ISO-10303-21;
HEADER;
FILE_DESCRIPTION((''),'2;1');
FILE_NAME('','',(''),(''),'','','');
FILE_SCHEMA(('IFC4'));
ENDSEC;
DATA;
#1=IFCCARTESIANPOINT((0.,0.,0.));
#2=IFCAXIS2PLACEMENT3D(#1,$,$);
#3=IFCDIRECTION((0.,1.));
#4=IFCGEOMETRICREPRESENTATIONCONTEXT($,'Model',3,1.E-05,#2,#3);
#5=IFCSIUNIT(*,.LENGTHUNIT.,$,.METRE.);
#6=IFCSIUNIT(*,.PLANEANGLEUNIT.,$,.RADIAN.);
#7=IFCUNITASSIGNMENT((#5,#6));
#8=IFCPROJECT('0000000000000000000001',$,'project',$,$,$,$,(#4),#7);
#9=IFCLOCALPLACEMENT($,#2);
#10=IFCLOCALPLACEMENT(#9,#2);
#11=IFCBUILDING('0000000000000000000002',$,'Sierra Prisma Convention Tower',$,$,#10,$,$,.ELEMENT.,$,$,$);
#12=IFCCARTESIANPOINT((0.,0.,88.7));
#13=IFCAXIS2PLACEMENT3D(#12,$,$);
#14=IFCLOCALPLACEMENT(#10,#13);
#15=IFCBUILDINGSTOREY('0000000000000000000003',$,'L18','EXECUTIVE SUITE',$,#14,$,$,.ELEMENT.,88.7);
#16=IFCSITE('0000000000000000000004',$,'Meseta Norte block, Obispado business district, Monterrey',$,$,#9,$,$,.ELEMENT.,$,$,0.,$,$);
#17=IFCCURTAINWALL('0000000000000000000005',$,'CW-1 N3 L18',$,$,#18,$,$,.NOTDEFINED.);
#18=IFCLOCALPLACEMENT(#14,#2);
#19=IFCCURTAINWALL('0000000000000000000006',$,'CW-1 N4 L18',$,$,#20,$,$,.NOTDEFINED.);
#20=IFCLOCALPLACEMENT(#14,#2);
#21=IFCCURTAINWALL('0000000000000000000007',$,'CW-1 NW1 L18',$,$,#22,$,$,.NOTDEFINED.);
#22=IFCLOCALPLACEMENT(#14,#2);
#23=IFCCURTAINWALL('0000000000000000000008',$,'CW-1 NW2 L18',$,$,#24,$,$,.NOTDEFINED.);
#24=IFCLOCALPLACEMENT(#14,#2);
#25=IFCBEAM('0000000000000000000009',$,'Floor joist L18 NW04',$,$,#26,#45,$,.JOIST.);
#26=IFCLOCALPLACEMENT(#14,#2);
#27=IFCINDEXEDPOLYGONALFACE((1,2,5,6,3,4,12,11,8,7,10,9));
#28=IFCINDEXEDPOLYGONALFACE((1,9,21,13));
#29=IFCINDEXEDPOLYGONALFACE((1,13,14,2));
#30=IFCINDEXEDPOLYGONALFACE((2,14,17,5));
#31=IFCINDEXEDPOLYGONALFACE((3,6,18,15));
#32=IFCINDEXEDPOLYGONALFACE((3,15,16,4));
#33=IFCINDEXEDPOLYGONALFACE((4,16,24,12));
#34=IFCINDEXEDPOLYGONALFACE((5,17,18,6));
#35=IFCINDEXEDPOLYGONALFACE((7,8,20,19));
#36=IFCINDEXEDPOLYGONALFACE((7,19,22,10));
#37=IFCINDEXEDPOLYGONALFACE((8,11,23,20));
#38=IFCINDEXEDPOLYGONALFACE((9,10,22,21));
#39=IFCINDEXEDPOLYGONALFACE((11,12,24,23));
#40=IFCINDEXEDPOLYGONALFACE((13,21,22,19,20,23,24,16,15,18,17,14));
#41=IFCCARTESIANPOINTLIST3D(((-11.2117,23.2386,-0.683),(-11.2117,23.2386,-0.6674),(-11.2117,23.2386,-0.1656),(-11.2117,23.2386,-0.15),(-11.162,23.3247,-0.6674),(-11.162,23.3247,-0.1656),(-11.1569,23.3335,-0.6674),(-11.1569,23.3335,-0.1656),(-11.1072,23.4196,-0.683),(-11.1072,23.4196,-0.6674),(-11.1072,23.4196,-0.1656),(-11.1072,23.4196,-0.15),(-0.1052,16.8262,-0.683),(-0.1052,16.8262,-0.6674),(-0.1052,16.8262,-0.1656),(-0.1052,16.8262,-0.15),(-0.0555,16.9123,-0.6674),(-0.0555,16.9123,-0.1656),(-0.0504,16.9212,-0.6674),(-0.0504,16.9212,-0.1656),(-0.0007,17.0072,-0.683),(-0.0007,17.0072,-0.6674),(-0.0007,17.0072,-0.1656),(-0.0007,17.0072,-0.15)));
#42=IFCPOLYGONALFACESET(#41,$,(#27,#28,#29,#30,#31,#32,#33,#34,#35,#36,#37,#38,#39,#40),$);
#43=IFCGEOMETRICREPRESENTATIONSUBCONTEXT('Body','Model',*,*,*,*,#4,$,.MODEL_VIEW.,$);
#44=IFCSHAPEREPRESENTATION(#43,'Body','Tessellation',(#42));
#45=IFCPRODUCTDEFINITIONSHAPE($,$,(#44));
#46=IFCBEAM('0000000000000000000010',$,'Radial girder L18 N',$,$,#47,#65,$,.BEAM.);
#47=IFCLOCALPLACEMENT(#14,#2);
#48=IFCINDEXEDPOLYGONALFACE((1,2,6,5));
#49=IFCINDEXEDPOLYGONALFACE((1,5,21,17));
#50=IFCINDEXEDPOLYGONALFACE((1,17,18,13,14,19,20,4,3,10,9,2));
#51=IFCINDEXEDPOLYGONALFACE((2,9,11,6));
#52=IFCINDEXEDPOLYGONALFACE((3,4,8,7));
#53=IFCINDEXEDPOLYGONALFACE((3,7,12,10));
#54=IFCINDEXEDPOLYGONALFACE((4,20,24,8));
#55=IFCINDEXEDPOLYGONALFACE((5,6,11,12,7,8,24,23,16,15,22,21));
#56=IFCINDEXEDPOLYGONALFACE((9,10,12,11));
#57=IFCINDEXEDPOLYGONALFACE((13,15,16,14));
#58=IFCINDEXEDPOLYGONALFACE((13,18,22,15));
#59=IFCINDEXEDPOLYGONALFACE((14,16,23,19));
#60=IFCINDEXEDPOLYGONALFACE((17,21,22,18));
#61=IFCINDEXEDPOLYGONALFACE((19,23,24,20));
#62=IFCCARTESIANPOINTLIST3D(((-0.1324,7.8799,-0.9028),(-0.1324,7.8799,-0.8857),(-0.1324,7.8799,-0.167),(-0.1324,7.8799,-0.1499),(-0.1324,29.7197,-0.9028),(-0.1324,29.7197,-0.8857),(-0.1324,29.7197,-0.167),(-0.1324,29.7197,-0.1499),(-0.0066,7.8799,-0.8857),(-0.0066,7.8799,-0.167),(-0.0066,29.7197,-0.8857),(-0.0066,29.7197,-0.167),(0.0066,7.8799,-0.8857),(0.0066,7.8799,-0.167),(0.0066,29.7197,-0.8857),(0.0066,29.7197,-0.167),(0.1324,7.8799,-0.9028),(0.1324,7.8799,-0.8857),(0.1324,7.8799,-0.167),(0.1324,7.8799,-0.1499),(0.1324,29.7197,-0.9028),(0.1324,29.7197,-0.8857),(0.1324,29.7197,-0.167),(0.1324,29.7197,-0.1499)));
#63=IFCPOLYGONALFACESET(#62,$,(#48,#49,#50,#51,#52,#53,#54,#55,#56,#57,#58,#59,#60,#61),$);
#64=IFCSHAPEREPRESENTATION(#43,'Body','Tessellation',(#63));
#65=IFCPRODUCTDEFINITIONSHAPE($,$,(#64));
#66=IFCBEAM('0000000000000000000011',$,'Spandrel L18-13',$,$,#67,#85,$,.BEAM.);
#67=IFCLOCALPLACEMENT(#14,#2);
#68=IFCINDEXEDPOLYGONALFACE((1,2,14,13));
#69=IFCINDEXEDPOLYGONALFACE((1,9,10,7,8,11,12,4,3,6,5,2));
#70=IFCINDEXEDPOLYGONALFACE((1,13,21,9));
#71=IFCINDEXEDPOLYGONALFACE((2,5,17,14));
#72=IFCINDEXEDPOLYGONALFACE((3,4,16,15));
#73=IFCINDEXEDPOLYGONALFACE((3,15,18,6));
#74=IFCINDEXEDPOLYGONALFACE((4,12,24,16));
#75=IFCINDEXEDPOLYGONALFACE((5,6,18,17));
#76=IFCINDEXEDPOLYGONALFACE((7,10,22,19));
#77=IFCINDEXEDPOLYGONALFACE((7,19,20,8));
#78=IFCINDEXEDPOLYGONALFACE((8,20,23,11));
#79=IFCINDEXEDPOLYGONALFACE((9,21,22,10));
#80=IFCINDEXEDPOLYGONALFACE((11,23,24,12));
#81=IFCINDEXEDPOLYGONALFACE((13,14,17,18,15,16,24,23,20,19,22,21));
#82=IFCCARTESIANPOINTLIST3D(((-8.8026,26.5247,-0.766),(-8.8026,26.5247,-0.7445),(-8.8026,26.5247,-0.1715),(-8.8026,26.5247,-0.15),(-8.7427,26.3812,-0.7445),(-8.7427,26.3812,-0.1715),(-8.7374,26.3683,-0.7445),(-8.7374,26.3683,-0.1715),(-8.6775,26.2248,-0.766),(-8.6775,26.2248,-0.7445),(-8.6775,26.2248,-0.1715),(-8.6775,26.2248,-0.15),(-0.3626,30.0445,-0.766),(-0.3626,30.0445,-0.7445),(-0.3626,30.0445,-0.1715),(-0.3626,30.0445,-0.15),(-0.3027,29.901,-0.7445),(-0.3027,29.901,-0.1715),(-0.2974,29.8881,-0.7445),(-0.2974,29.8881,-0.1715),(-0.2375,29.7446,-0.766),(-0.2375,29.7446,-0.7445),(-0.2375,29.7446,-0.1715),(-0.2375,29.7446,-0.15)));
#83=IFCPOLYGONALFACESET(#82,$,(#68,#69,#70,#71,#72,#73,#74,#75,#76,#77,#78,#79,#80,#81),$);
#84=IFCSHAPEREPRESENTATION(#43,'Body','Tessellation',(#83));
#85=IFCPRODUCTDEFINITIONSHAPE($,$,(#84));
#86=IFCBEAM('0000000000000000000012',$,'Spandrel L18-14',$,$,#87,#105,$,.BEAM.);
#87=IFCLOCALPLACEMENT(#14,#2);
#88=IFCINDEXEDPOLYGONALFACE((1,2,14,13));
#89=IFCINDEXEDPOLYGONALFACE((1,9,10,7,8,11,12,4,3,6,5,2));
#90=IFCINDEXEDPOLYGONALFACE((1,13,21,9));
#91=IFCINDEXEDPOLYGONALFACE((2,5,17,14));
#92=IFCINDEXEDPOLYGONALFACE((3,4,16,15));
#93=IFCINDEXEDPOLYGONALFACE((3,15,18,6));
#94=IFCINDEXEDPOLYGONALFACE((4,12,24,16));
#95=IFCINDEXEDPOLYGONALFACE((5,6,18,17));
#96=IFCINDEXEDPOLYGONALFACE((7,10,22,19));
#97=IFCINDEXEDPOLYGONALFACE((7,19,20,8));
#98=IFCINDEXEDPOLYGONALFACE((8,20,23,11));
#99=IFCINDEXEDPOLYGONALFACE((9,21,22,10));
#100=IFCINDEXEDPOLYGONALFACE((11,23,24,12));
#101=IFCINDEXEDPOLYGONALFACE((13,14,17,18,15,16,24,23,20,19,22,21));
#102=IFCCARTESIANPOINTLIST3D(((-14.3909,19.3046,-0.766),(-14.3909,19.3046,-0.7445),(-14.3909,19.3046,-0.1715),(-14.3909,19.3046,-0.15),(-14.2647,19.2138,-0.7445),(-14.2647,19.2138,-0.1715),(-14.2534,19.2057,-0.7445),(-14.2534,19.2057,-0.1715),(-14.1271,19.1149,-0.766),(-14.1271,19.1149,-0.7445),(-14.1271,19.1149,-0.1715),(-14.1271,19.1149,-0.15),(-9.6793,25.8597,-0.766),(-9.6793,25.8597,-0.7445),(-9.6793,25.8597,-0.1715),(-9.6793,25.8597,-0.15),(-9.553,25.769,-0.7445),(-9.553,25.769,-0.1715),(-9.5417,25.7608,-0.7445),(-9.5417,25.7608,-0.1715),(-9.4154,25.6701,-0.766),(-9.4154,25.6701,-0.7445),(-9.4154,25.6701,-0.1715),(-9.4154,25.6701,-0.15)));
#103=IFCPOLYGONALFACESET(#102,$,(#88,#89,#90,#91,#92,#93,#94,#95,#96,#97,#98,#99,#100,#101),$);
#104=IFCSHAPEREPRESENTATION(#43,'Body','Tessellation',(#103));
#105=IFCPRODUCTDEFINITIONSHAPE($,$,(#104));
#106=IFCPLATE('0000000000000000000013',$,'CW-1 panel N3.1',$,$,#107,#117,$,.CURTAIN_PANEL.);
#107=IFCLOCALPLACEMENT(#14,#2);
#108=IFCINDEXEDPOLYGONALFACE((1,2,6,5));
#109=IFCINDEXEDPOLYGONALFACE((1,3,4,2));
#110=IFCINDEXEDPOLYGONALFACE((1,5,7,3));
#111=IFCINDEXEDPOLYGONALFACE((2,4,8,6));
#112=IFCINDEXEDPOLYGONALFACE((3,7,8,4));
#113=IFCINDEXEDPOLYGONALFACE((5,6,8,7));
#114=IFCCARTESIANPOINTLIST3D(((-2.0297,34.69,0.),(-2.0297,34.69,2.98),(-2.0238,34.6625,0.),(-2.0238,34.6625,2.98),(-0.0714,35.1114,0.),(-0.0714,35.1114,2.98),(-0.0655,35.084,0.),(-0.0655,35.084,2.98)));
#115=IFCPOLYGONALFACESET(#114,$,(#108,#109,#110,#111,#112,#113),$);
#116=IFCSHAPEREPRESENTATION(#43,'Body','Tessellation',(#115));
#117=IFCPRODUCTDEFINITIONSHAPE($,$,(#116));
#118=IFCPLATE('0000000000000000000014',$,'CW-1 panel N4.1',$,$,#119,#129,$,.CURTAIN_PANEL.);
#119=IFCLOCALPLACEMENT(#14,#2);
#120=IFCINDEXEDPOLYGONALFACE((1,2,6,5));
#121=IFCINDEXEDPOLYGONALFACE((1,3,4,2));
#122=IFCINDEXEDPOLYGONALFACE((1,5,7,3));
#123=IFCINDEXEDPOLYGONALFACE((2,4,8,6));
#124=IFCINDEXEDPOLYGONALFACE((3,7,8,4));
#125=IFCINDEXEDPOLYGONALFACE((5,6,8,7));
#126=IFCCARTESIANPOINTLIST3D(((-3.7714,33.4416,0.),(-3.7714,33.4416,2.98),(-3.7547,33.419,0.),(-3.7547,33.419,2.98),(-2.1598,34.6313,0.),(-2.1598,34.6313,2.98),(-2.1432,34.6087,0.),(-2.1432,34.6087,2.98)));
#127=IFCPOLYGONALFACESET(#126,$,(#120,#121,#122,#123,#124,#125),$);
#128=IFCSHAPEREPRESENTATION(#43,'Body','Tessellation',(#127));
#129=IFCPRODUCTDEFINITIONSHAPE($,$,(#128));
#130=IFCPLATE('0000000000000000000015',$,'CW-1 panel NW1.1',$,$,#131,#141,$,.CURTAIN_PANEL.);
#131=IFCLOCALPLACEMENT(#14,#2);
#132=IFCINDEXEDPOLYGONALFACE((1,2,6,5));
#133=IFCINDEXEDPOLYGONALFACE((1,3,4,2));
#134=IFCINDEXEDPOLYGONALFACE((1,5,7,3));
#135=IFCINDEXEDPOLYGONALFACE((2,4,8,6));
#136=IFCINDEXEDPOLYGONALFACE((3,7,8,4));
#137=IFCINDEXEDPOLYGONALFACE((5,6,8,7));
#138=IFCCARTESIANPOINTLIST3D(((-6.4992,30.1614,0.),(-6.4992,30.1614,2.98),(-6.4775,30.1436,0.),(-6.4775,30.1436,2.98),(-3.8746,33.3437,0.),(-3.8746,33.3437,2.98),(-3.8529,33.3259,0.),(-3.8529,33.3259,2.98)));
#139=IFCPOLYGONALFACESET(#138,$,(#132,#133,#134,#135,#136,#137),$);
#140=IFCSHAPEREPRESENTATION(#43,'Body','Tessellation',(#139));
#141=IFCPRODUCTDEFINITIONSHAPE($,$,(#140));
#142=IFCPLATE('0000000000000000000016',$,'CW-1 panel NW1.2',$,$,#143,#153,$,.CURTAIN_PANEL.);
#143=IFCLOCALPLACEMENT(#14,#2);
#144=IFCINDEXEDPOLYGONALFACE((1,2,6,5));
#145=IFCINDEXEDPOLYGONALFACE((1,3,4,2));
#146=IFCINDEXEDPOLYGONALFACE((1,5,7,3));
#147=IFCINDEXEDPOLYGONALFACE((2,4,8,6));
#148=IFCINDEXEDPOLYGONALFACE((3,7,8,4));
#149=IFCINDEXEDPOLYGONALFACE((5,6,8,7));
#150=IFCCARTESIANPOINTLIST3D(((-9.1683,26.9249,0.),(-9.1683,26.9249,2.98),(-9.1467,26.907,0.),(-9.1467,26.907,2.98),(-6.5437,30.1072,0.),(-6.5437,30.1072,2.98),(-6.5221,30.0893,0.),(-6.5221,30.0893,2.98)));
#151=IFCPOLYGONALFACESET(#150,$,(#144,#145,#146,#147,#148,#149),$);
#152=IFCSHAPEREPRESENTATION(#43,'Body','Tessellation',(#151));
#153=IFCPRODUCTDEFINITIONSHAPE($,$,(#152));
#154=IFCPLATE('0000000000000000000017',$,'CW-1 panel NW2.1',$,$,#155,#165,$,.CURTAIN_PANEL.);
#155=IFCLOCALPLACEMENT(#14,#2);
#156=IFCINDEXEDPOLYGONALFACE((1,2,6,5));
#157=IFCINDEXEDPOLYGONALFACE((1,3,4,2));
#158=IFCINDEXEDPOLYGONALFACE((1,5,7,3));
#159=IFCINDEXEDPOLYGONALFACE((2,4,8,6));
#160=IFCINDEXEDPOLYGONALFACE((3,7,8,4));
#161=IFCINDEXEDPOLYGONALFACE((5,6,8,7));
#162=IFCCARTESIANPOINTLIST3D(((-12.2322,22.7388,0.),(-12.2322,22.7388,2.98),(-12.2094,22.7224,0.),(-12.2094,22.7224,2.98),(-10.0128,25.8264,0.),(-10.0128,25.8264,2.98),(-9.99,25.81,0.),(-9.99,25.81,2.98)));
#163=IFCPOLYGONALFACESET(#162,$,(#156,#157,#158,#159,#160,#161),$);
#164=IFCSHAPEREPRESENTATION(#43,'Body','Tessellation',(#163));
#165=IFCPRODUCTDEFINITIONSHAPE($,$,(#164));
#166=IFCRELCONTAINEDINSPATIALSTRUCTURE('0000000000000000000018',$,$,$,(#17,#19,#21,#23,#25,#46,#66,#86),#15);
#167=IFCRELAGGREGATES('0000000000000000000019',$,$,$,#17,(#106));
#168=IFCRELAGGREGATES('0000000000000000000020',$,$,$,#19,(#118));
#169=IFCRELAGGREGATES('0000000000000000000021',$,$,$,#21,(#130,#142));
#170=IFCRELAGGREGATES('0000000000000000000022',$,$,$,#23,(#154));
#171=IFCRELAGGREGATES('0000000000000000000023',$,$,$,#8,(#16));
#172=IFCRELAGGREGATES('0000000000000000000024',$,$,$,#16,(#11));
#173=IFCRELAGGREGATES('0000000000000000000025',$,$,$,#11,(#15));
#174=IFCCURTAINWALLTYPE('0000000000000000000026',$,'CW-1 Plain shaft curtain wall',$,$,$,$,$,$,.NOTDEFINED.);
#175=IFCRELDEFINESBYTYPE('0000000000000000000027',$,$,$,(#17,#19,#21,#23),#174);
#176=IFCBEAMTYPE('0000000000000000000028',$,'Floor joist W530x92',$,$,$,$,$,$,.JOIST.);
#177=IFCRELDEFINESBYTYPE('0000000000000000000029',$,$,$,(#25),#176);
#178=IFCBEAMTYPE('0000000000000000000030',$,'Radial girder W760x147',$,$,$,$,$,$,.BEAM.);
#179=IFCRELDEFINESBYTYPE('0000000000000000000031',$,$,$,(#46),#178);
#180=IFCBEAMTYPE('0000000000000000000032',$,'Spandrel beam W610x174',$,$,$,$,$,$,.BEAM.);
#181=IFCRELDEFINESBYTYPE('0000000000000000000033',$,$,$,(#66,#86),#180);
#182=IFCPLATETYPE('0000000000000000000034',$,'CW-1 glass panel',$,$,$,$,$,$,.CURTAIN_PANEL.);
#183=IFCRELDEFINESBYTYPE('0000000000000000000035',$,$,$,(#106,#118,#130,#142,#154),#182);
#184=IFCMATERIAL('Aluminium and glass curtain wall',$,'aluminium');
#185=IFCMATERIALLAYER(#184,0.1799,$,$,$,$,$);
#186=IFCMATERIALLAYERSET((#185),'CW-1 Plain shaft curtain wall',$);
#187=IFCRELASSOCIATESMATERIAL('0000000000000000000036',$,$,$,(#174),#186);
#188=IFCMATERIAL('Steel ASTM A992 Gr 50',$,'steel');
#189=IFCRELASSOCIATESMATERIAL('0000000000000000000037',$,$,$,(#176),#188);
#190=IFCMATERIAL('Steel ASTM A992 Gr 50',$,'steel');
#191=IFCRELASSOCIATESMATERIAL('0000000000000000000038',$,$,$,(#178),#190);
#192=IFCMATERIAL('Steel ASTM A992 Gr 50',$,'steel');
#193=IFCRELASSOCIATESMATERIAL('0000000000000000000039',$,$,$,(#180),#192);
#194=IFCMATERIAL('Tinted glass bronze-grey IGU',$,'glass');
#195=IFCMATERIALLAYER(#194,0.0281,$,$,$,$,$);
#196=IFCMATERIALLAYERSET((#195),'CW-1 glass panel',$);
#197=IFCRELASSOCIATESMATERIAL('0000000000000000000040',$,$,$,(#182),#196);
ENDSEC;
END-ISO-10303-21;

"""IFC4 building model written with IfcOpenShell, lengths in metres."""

from ifc_helpers import new_model, si_unit, direction, frame, origin, origin_2d, place, context, subcontext, project, spatial, rectangle, i_section, extrude, material, layer, layer_set, material_profile, profile_set, type_object, element, aggregate, save


model = new_model("IFC4")

# Units and contexts
model_context = context("Model", 3, precision=1e-05, world=origin(), true_north=direction((0.0, 1.0)))
body_context = subcontext(model_context, "Body", "Model", "MODEL_VIEW")
ifc_project = project(units=[si_unit("LENGTHUNIT", "METRE"), si_unit("PLANEANGLEUNIT", "RADIAN")], contexts=[model_context])

# Site, building, storey
site_placement = place(None, origin())
site = spatial("IfcSite", under=ifc_project, at=site_placement, Name="Meseta Norte block, Obispado business district, Monterrey", CompositionType="ELEMENT", RefElevation=0.0)
building_placement = place(site_placement, origin())
building = spatial("IfcBuilding", under=site, at=building_placement, Name="Sierra Prisma Convention Tower", CompositionType="ELEMENT")
storey_placement = place(building_placement, frame((0.0, 0.0, 88.7)))
storey = spatial("IfcBuildingStorey", under=building, at=storey_placement, Name="L18", Description="EXECUTIVE SUITE", CompositionType="ELEMENT", Elevation=88.7)

# Curtain walls
ifc_material_1 = material(Name="Aluminium and glass curtain wall", Category="aluminium")
ifc_layer_1 = layer(ifc_material_1, 0.1799)
ifc_layer_set_1 = layer_set([ifc_layer_1], Name="CW-1 Plain shaft curtain wall")
curtain_wall_type = type_object("IfcCurtainWallType", Name="CW-1 Plain shaft curtain wall", PredefinedType="NOTDEFINED", material=ifc_layer_set_1)
curtain_wall_1_placement = place(storey_placement, origin())
curtain_wall_1 = element("IfcCurtainWall", 1, at=curtain_wall_1_placement, inside=storey, type_object=curtain_wall_type, Name="CW-1 N3 L18", PredefinedType="NOTDEFINED")
curtain_wall_2_placement = place(storey_placement, origin())
curtain_wall_2 = element("IfcCurtainWall", 2, at=curtain_wall_2_placement, inside=storey, type_object=curtain_wall_type, Name="CW-1 N4 L18", PredefinedType="NOTDEFINED")

# Curtain wall
curtain_wall_3_placement = place(storey_placement, origin())
curtain_wall_3 = element("IfcCurtainWall", 3, at=curtain_wall_3_placement, inside=storey, type_object=curtain_wall_type, Name="CW-1 NW1 L18", PredefinedType="NOTDEFINED")

# Curtain wall
curtain_wall_4_placement = place(storey_placement, origin())
curtain_wall_4 = element("IfcCurtainWall", 4, at=curtain_wall_4_placement, inside=storey, type_object=curtain_wall_type, Name="CW-1 NW2 L18", PredefinedType="NOTDEFINED")

# Beams
ifc_material_2 = material(Name="Steel ASTM A992 Gr 50", Category="steel")
ifc_material_profile_1 = material_profile(ifc_material_2, i_section(OverallWidth=0.209, OverallDepth=0.533, WebThickness=0.0103, FlangeThickness=0.0156, at=origin_2d()), Name="W530x92")
ifc_profile_set_1 = profile_set([ifc_material_profile_1], Name="Steel ASTM A992 Gr 50")
beam_type_1 = type_object("IfcBeamType", Name="Floor joist W530x92", PredefinedType="JOIST", material=ifc_profile_set_1)
beam_1_placement = place(storey_placement, frame((-11.1594, 23.3291, -0.4165), z_axis=(0.866024, -0.500003, 0.0), x_axis=(0.500003, 0.866024, 0.0)))
element("IfcBeam", 5, at=beam_1_placement, inside=storey, type_object=beam_type_1, Name="Floor joist L18 NW04", PredefinedType="JOIST", context=body_context, shape_type="SweptSolid", body=[
    extrude(i_section(OverallWidth=0.209, OverallDepth=0.533, WebThickness=0.0103, FlangeThickness=0.0156, at=origin_2d()), origin(), (0.0, 0.0, 1.0), 12.8247),
])
ifc_material_3 = material(Name="Steel ASTM A992 Gr 50", Category="steel")
ifc_material_profile_2 = material_profile(ifc_material_3, i_section(OverallWidth=0.2649, OverallDepth=0.7529, WebThickness=0.0132, FlangeThickness=0.0171, at=origin_2d()), Name="W760x147")
ifc_profile_set_2 = profile_set([ifc_material_profile_2], Name="Steel ASTM A992 Gr 50")
beam_type_2 = type_object("IfcBeamType", Name="Radial girder W760x147", PredefinedType="BEAM", material=ifc_profile_set_2)
beam_2_placement = place(storey_placement, frame((0.0, 29.7197, -0.5264), z_axis=(0.0, -1.0, 0.0), x_axis=(1.0, 0.0, 0.0)))
element("IfcBeam", 6, at=beam_2_placement, inside=storey, type_object=beam_type_2, Name="Radial girder L18 N", PredefinedType="BEAM", context=body_context, shape_type="SweptSolid", body=[
    extrude(i_section(OverallWidth=0.2649, OverallDepth=0.7529, WebThickness=0.0132, FlangeThickness=0.0171, at=origin_2d()), origin(), (0.0, 0.0, 1.0), 21.8398),
])
ifc_material_4 = material(Name="Steel ASTM A992 Gr 50", Category="steel")
ifc_material_profile_3 = material_profile(ifc_material_4, i_section(OverallWidth=0.325, OverallDepth=0.616, WebThickness=0.0139, FlangeThickness=0.0215, at=origin_2d()), Name="W610x174")
ifc_profile_set_3 = profile_set([ifc_material_profile_3], Name="Steel ASTM A992 Gr 50")
beam_type_3 = type_object("IfcBeamType", Name="Spandrel beam W610x174", PredefinedType="BEAM", material=ifc_profile_set_3)
beam_3_placement = place(storey_placement, frame((-0.3, 29.8945, -0.458), z_axis=(-0.922955, -0.384907, 0.0), x_axis=(0.384907, -0.922955, 0.0)))
element("IfcBeam", 7, at=beam_3_placement, inside=storey, type_object=beam_type_3, Name="Spandrel L18-13", PredefinedType="BEAM", context=body_context, shape_type="SweptSolid", body=[
    extrude(i_section(OverallWidth=0.325, OverallDepth=0.616, WebThickness=0.0139, FlangeThickness=0.0215, at=origin_2d()), origin(), (0.0, 0.0, 1.0), 9.1445),
])
beam_4_placement = place(storey_placement, frame((-9.5474, 25.7649, -0.458), z_axis=(-0.583647, -0.812007, 0.0), x_axis=(0.812007, -0.583647, 0.0)))
element("IfcBeam", 8, at=beam_4_placement, inside=storey, type_object=beam_type_3, Name="Spandrel L18-14", PredefinedType="BEAM", context=body_context, shape_type="SweptSolid", body=[
    extrude(i_section(OverallWidth=0.325, OverallDepth=0.616, WebThickness=0.0139, FlangeThickness=0.0215, at=origin_2d()), origin(), (0.0, 0.0, 1.0), 8.0728),
])

# Plates
ifc_material_5 = material(Name="Tinted glass bronze-grey IGU", Category="glass")
ifc_layer_2 = layer(ifc_material_5, 0.0281)
ifc_layer_set_2 = layer_set([ifc_layer_2], Name="CW-1 glass panel")
plate_type = type_object("IfcPlateType", Name="CW-1 glass panel", PredefinedType="CURTAIN_PANEL", material=ifc_layer_set_2)
plate_1_placement = place(storey_placement, frame((-1.0476, 34.887, 0.0), z_axis=(0.0, 0.0, 1.0), x_axis=(-0.977615, -0.210401, 0.0)))
plate_1 = element("IfcPlate", 9, at=plate_1_placement, type_object=plate_type, Name="CW-1 panel N3.1", PredefinedType="CURTAIN_PANEL", context=body_context, shape_type="SweptSolid", body=[
    extrude(rectangle(XDim=2.0032, YDim=0.0281, at=origin_2d()), origin(), (0.0, 0.0, 1.0), 2.98),
])
aggregate(curtain_wall_1, [plate_1])
plate_2_placement = place(storey_placement, frame((-2.9573, 34.0251, 0.0), z_axis=(0.0, 0.0, 1.0), x_axis=(-0.804505, -0.593946, 0.0)))
plate_2 = element("IfcPlate", 10, at=plate_2_placement, type_object=plate_type, Name="CW-1 panel N4.1", PredefinedType="CURTAIN_PANEL", context=body_context, shape_type="SweptSolid", body=[
    extrude(rectangle(XDim=2.0032, YDim=0.0281, at=origin_2d()), origin(), (0.0, 0.0, 1.0), 2.98),
])
aggregate(curtain_wall_2, [plate_2])
plate_3_placement = place(storey_placement, frame((-5.176, 31.7437, 0.0), z_axis=(0.0, 0.0, 1.0), x_axis=(-0.636265, -0.771471, 0.0)))
plate_3 = element("IfcPlate", 11, at=plate_3_placement, type_object=plate_type, Name="CW-1 panel NW1.1", PredefinedType="CURTAIN_PANEL", context=body_context, shape_type="SweptSolid", body=[
    extrude(rectangle(XDim=4.125, YDim=0.0281, at=origin_2d()), origin(), (0.0, 0.0, 1.0), 2.98),
])
plate_4_placement = place(storey_placement, frame((-7.8452, 28.5071, 0.0), z_axis=(0.0, 0.0, 1.0), x_axis=(-0.636265, -0.771471, 0.0)))
plate_4 = element("IfcPlate", 12, at=plate_4_placement, type_object=plate_type, Name="CW-1 panel NW1.2", PredefinedType="CURTAIN_PANEL", context=body_context, shape_type="SweptSolid", body=[
    extrude(rectangle(XDim=4.125, YDim=0.0281, at=origin_2d()), origin(), (0.0, 0.0, 1.0), 2.98),
])
aggregate(curtain_wall_3, [plate_3, plate_4])
plate_5_placement = place(storey_placement, frame((-11.1111, 24.2744, 0.0), z_axis=(0.0, 0.0, 1.0), x_axis=(-0.583659, -0.811999, 0.0)))
plate_5 = element("IfcPlate", 13, at=plate_5_placement, type_object=plate_type, Name="CW-1 panel NW2.1", PredefinedType="CURTAIN_PANEL", context=body_context, shape_type="SweptSolid", body=[
    extrude(rectangle(XDim=3.8025, YDim=0.0281, at=origin_2d()), origin(), (0.0, 0.0, 1.0), 2.98),
])
aggregate(curtain_wall_4, [plate_5])

save(model, "model.ifc")
